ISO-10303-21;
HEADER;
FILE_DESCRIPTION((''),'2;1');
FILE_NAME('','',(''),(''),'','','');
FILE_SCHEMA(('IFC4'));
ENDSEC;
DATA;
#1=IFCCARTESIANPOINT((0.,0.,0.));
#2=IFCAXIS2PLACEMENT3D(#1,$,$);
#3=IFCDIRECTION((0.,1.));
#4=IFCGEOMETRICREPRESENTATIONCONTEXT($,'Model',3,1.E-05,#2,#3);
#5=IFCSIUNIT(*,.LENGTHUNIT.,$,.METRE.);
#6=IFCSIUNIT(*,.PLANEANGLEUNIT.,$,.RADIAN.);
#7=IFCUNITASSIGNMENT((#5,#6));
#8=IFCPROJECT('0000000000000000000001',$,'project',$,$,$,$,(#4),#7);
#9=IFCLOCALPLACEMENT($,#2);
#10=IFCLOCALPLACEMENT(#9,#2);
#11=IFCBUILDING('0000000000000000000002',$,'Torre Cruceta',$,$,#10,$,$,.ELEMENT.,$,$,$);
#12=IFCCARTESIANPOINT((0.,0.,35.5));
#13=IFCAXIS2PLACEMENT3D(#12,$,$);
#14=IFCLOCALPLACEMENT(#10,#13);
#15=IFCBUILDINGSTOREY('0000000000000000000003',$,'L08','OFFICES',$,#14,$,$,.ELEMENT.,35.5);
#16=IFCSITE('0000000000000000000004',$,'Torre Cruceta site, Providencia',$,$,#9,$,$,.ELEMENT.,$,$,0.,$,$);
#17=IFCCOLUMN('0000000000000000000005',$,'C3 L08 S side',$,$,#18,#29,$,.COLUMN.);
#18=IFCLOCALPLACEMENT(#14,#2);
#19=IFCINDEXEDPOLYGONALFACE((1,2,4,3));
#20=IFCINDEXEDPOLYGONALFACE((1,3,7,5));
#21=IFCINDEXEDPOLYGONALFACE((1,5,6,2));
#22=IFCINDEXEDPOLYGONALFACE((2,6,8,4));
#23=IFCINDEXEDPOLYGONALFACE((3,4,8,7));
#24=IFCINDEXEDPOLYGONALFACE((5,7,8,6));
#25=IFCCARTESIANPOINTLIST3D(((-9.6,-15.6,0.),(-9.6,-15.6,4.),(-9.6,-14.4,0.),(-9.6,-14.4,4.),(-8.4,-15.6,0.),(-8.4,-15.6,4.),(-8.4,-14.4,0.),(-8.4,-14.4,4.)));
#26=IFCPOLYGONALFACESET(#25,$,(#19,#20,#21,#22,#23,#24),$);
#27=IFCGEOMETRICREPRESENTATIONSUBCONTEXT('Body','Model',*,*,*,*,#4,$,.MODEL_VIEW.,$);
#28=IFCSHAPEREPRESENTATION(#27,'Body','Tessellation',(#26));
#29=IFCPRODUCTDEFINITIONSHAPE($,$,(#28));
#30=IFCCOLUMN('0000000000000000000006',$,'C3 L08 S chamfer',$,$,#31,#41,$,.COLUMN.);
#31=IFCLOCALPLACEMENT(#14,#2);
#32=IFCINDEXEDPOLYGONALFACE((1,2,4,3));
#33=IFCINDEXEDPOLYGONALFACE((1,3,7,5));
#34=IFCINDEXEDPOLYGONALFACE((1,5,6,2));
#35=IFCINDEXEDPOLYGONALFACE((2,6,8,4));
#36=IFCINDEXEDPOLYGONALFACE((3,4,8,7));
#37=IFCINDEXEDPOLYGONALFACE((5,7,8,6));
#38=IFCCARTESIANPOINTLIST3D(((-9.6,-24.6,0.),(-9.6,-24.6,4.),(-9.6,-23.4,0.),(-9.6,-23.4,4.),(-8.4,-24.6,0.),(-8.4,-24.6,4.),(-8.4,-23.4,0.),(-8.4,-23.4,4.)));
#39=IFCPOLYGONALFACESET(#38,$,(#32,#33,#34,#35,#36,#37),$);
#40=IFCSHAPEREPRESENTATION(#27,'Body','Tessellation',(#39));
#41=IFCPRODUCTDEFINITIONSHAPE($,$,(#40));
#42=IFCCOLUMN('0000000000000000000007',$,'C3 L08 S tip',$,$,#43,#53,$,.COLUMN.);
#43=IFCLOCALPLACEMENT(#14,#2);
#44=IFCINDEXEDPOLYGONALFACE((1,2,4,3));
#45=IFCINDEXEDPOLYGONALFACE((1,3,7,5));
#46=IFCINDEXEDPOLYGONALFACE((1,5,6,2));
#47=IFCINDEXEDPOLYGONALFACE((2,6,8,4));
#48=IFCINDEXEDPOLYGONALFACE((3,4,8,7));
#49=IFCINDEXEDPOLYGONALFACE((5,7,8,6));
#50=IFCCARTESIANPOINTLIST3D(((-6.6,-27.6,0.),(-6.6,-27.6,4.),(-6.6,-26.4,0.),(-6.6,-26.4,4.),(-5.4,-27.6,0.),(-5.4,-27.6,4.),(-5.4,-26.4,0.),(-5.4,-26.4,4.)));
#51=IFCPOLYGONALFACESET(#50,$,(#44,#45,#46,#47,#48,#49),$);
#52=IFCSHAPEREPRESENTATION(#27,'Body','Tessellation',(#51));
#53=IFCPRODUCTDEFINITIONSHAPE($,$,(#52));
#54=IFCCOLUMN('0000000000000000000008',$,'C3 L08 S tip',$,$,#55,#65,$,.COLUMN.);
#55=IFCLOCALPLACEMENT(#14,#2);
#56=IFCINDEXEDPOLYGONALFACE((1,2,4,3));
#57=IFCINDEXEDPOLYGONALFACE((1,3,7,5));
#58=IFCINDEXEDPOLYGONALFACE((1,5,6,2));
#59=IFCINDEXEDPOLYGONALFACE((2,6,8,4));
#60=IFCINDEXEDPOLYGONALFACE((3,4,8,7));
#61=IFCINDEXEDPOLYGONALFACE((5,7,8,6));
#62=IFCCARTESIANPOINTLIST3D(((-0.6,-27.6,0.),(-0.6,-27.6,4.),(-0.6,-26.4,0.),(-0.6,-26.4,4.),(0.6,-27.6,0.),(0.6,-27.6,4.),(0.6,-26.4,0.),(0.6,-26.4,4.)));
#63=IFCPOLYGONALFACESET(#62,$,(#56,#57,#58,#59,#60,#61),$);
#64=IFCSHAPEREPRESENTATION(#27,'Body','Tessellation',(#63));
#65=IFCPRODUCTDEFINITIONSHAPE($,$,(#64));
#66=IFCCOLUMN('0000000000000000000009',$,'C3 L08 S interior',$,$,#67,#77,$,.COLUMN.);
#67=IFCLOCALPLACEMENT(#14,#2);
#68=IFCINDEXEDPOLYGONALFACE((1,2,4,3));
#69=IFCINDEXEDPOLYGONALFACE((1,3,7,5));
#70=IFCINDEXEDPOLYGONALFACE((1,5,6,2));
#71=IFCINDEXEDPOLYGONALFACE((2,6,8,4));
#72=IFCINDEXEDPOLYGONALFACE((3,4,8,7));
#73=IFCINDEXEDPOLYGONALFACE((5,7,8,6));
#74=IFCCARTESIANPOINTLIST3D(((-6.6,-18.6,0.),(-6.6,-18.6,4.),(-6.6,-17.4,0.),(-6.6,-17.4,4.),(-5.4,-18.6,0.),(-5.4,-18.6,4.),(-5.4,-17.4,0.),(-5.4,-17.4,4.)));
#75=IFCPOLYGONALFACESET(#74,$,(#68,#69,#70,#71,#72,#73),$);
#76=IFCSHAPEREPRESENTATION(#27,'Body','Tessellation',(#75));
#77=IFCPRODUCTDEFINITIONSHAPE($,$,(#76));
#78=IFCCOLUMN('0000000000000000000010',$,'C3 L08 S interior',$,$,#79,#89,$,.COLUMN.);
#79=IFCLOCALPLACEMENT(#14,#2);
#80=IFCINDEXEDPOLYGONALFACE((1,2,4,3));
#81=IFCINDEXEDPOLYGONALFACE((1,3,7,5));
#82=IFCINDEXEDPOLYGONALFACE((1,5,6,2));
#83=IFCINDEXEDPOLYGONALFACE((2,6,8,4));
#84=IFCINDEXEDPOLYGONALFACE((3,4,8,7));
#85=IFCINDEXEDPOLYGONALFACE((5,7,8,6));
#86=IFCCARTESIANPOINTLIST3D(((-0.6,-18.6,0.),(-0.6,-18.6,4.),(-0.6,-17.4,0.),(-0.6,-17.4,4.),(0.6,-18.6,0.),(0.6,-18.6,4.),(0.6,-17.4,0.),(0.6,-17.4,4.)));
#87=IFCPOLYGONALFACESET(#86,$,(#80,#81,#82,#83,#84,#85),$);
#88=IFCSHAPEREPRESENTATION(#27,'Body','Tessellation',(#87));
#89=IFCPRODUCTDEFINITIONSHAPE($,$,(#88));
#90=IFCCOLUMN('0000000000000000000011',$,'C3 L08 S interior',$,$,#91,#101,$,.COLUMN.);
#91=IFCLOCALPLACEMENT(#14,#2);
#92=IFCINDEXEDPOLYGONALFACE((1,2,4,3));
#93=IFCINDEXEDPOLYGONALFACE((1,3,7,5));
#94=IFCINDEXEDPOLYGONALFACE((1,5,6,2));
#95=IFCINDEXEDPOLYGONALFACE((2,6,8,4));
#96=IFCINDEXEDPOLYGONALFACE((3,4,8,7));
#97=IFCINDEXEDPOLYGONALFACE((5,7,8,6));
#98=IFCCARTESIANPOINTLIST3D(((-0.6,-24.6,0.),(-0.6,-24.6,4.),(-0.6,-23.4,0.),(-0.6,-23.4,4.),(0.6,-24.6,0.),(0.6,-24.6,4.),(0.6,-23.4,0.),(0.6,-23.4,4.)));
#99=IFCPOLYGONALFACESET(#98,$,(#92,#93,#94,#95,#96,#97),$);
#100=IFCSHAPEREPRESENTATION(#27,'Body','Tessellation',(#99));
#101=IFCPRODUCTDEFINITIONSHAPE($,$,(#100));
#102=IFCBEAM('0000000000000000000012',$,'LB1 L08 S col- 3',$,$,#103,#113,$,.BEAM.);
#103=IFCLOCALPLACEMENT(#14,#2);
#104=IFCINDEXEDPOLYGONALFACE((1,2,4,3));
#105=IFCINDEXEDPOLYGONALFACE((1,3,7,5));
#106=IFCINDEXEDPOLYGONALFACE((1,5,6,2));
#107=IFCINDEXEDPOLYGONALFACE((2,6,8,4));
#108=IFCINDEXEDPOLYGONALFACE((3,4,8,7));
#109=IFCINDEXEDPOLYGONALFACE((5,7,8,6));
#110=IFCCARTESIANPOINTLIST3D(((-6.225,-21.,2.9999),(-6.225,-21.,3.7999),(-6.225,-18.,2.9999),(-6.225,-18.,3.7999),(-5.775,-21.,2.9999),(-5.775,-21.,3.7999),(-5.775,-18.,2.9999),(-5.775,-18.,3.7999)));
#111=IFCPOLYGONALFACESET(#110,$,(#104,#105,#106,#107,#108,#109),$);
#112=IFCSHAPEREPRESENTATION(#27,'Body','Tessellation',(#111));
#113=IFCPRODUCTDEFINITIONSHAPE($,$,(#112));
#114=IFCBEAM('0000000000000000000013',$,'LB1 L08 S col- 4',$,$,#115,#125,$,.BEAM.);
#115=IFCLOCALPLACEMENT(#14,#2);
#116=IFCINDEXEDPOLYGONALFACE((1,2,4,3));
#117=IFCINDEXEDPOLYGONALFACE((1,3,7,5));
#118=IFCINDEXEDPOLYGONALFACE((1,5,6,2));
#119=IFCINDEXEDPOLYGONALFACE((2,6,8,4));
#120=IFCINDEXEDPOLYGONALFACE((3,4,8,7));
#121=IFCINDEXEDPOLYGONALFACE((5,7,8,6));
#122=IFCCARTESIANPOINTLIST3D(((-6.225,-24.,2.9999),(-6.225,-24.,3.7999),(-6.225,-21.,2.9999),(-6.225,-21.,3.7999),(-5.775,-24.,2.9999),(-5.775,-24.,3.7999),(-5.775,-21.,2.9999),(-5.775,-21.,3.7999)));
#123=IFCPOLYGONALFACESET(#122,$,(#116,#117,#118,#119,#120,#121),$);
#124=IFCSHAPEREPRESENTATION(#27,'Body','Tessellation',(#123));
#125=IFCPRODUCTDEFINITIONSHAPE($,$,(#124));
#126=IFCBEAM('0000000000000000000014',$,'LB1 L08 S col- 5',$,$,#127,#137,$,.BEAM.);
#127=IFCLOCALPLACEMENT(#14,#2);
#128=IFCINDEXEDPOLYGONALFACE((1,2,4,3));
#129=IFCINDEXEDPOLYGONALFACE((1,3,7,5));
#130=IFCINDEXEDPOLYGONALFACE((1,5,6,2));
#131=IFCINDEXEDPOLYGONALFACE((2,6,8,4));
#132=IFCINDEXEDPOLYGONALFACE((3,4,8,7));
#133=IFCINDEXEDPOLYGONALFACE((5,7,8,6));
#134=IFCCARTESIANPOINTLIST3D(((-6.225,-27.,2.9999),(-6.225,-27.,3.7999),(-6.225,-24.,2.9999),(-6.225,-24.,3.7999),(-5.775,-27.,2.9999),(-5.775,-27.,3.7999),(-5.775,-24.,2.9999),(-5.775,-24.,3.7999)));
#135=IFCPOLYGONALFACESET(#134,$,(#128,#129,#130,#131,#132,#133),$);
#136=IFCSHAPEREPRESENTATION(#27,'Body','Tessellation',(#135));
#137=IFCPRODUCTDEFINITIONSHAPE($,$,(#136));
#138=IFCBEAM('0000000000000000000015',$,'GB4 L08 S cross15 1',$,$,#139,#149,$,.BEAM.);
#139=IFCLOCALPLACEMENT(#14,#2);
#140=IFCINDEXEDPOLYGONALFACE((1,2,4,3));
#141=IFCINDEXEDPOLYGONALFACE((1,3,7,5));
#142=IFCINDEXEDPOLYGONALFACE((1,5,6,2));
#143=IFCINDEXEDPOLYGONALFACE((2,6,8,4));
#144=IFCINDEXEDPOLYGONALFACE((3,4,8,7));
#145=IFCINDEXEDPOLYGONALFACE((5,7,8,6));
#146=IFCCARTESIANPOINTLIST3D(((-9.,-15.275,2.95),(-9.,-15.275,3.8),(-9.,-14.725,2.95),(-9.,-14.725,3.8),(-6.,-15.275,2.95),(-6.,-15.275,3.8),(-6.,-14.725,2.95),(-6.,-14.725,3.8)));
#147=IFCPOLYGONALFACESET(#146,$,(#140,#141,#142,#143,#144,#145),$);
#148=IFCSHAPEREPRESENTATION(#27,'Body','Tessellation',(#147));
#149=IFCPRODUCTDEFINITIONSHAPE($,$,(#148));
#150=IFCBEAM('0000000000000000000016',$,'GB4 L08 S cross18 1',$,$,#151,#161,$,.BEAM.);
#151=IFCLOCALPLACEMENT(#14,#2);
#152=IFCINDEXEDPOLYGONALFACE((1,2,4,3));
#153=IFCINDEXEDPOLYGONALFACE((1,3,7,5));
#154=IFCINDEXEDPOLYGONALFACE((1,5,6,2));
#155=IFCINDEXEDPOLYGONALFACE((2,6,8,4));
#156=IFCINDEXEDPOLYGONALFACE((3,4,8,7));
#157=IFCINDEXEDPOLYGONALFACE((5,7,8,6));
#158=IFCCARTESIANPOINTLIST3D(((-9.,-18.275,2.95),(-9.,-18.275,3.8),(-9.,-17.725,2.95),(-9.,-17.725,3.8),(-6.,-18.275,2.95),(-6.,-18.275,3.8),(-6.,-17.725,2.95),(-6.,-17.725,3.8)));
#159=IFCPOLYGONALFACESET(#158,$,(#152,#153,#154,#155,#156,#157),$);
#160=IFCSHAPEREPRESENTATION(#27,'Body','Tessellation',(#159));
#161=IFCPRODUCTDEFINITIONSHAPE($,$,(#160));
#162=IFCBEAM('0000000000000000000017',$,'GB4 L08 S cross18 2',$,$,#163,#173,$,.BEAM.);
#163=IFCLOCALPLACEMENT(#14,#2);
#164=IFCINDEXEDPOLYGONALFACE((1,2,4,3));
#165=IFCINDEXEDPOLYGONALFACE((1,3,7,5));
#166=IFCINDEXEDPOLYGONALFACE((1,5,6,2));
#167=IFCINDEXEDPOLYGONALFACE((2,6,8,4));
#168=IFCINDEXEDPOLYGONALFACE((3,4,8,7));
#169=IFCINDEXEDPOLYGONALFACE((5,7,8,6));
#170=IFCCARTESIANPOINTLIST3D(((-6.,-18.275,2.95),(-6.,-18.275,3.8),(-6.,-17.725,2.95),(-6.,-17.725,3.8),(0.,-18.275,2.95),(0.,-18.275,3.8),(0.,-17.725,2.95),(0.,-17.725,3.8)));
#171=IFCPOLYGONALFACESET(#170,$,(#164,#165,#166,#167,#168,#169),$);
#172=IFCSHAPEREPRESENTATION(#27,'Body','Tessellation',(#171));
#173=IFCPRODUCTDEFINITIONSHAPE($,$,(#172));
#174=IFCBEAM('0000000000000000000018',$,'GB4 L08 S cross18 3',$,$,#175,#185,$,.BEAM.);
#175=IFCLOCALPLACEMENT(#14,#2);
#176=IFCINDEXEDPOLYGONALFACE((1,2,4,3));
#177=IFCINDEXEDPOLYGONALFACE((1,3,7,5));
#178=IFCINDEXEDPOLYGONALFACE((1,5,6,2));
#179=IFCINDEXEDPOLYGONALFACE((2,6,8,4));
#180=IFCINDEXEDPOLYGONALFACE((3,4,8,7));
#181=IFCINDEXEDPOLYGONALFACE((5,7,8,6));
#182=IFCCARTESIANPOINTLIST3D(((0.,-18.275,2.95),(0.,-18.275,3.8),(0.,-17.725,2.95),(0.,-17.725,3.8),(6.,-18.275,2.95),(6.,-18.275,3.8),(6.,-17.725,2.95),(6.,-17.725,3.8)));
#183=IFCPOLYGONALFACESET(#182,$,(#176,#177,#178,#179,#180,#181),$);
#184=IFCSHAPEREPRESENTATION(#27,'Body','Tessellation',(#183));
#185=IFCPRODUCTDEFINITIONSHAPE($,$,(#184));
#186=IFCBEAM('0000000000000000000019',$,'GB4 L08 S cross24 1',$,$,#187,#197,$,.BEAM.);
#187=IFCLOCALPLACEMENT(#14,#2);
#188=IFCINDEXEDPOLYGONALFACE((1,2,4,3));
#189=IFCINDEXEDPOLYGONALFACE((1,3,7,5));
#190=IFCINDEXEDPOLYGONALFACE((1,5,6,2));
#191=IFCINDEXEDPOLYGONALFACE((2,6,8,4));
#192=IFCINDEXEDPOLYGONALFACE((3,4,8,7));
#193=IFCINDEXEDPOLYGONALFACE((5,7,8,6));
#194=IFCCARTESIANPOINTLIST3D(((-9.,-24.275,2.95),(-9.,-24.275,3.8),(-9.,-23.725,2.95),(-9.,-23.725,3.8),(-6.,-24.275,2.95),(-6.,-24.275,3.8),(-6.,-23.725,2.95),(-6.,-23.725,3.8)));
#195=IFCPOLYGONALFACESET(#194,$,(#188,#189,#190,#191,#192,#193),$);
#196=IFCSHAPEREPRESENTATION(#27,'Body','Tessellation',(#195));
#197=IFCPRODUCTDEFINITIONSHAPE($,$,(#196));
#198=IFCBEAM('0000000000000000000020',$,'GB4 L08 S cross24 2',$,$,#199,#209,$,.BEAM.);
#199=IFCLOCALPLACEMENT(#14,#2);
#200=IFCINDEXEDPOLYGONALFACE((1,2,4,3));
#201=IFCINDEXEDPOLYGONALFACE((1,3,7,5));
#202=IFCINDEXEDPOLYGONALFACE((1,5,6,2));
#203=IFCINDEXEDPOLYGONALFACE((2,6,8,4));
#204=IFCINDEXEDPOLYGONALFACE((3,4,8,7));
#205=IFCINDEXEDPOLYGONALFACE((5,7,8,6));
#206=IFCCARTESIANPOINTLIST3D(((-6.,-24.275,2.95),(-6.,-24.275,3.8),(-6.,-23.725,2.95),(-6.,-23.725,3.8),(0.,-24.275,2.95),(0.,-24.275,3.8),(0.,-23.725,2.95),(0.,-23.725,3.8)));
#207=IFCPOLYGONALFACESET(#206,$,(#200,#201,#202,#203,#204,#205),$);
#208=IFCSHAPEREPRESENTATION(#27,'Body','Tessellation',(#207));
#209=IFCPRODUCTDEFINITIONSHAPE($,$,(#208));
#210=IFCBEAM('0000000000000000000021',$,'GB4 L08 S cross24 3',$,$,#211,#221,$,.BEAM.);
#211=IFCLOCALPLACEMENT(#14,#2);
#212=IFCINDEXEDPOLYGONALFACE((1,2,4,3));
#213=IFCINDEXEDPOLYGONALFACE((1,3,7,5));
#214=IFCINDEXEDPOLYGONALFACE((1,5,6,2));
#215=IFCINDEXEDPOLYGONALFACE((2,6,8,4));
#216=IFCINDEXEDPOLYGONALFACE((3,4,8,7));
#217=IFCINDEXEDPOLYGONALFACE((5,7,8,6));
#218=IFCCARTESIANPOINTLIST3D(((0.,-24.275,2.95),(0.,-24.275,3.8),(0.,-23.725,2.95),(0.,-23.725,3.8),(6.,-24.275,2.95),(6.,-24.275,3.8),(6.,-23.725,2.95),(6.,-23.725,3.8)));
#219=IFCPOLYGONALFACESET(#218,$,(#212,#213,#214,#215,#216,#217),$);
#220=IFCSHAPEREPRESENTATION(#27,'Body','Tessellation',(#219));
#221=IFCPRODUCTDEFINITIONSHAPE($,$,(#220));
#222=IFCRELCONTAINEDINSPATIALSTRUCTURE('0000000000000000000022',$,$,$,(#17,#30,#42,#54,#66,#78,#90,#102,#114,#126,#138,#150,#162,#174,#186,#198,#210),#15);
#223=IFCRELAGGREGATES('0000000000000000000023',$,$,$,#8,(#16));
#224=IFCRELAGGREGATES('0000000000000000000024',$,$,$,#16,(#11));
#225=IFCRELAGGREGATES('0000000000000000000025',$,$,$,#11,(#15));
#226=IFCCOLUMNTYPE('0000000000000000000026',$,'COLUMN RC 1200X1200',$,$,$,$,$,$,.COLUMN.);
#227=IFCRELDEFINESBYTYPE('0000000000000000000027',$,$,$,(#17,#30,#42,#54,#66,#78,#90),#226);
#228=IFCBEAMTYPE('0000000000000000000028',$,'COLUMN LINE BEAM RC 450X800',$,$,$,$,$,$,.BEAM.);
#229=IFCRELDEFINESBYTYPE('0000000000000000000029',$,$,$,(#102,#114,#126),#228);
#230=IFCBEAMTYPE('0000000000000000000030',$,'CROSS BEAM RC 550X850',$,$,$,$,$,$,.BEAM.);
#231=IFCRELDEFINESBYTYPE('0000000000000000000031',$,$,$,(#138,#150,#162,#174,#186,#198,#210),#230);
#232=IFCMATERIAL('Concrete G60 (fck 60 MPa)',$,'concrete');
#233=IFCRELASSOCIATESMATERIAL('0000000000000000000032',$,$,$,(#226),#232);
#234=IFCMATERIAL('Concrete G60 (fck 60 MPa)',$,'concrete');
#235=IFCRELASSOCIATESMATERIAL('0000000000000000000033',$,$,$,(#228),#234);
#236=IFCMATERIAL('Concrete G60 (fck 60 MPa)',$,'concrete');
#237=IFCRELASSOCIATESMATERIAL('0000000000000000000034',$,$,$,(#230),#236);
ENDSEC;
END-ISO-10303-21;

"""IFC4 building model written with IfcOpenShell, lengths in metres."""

from ifc_helpers import new_model, si_unit, direction, frame, origin, origin_2d, place, context, subcontext, project, spatial, rectangle, extrude, material, material_profile, profile_set, type_object, element, save


model = new_model("IFC4")

# Units and contexts
model_context = context("Model", 3, precision=1e-05, world=origin(), true_north=direction((0.0, 1.0)))
body_context = subcontext(model_context, "Body", "Model", "MODEL_VIEW")
ifc_project = project(units=[si_unit("LENGTHUNIT", "METRE"), si_unit("PLANEANGLEUNIT", "RADIAN")], contexts=[model_context])

# Site, building, storey
site_placement = place(None, origin())
site = spatial("IfcSite", under=ifc_project, at=site_placement, Name="Torre Cruceta site, Providencia", CompositionType="ELEMENT", RefElevation=0.0)
building_placement = place(site_placement, origin())
building = spatial("IfcBuilding", under=site, at=building_placement, Name="Torre Cruceta", CompositionType="ELEMENT")
storey_placement = place(building_placement, frame((0.0, 0.0, 35.5)))
storey = spatial("IfcBuildingStorey", under=building, at=storey_placement, Name="L08", Description="OFFICES", CompositionType="ELEMENT", Elevation=35.5)

# Columns
ifc_material_1 = material(Name="Concrete G60 (fck 60 MPa)", Category="concrete")
ifc_material_profile_1 = material_profile(ifc_material_1, rectangle(XDim=1.2, YDim=1.2, at=origin_2d()), Name="RC 1200X1200")
ifc_profile_set_1 = profile_set([ifc_material_profile_1], Name="Concrete G60 (fck 60 MPa)")
column_type = type_object("IfcColumnType", Name="COLUMN RC 1200X1200", PredefinedType="COLUMN", material=ifc_profile_set_1)
for number, where, z_axis, x_axis, name in (
    (1, (-9.0, -15.0, 0.0), (0.0, 0.0, 1.0), (1.0, 0.0, 0.0), "C3 L08 S side"),
    (2, (-9.0, -24.0, 0.0), (0.0, 0.0, 1.0), (1.0, 0.0, 0.0), "C3 L08 S chamfer"),
    (3, (-6.0, -27.0, 0.0), (0.0, 0.0, 1.0), (1.0, 0.0, 0.0), "C3 L08 S tip"),
    (4, (0.0, -27.0, 0.0), (0.0, 0.0, 1.0), (1.0, 0.0, 0.0), "C3 L08 S tip"),
    (5, (-6.0, -18.0, 0.0), (0.0, 0.0, 1.0), (1.0, 0.0, 0.0), "C3 L08 S interior"),
    (6, (0.0, -18.0, 0.0), (0.0, 0.0, 1.0), (1.0, 0.0, 0.0), "C3 L08 S interior"),
    (7, (0.0, -24.0, 0.0), (0.0, 0.0, 1.0), (1.0, 0.0, 0.0), "C3 L08 S interior"),
):
    element("IfcColumn", number, at=place(storey_placement, frame(where, z_axis=z_axis, x_axis=x_axis)), inside=storey, type_object=column_type, Name=name, PredefinedType="COLUMN", context=body_context, shape_type="SweptSolid", body=[
        extrude(rectangle(XDim=1.2, YDim=1.2, at=origin_2d()), origin(), (0.0, 0.0, 1.0), 4.0),
    ])

# Beams
ifc_material_2 = material(Name="Concrete G60 (fck 60 MPa)", Category="concrete")
ifc_material_profile_2 = material_profile(ifc_material_2, rectangle(XDim=0.45, YDim=0.8, at=origin_2d()), Name="RC 450X800")
ifc_profile_set_2 = profile_set([ifc_material_profile_2], Name="Concrete G60 (fck 60 MPa)")
beam_type_1 = type_object("IfcBeamType", Name="COLUMN LINE BEAM RC 450X800", PredefinedType="BEAM", material=ifc_profile_set_2)
for number, where, z_axis, x_axis, name in (
    (8, (-6.0, -18.0, 3.3999), (0.0, -1.0, 0.0), (1.0, 0.0, 0.0), "LB1 L08 S col- 3"),
    (9, (-6.0, -21.0, 3.3999), (0.0, -1.0, 0.0), (1.0, 0.0, 0.0), "LB1 L08 S col- 4"),
    (10, (-6.0, -24.0, 3.3999), (0.0, -1.0, 0.0), (1.0, 0.0, 0.0), "LB1 L08 S col- 5"),
):
    element("IfcBeam", number, at=place(storey_placement, frame(where, z_axis=z_axis, x_axis=x_axis)), inside=storey, type_object=beam_type_1, Name=name, PredefinedType="BEAM", context=body_context, shape_type="SweptSolid", body=[
        extrude(rectangle(XDim=0.45, YDim=0.8, at=origin_2d()), origin(), (0.0, 0.0, 1.0), 3.0),
    ])
ifc_material_3 = material(Name="Concrete G60 (fck 60 MPa)", Category="concrete")
ifc_material_profile_3 = material_profile(ifc_material_3, rectangle(XDim=0.55, YDim=0.8501, at=origin_2d()), Name="RC 550X850")
ifc_profile_set_3 = profile_set([ifc_material_profile_3], Name="Concrete G60 (fck 60 MPa)")
beam_type_2 = type_object("IfcBeamType", Name="CROSS BEAM RC 550X850", PredefinedType="BEAM", material=ifc_profile_set_3)
for number, where, z_axis, x_axis, name in (
    (11, (-9.0, -15.0, 3.375), (1.0, 0.0, 0.0), (0.0, 1.0, 0.0), "GB4 L08 S cross15 1"),
    (12, (-9.0, -18.0, 3.375), (1.0, 0.0, 0.0), (0.0, 1.0, 0.0), "GB4 L08 S cross18 1"),
):
    element("IfcBeam", number, at=place(storey_placement, frame(where, z_axis=z_axis, x_axis=x_axis)), inside=storey, type_object=beam_type_2, Name=name, PredefinedType="BEAM", context=body_context, shape_type="SweptSolid", body=[
        extrude(rectangle(XDim=0.55, YDim=0.8501, at=origin_2d()), origin(), (0.0, 0.0, 1.0), 3.0),
    ])
for number, where, z_axis, x_axis, name in (
    (13, (-6.0, -18.0, 3.375), (1.0, 0.0, 0.0), (0.0, 1.0, 0.0), "GB4 L08 S cross18 2"),
    (14, (0.0, -18.0, 3.375), (1.0, 0.0, 0.0), (0.0, 1.0, 0.0), "GB4 L08 S cross18 3"),
):
    element("IfcBeam", number, at=place(storey_placement, frame(where, z_axis=z_axis, x_axis=x_axis)), inside=storey, type_object=beam_type_2, Name=name, PredefinedType="BEAM", context=body_context, shape_type="SweptSolid", body=[
        extrude(rectangle(XDim=0.55, YDim=0.8501, at=origin_2d()), origin(), (0.0, 0.0, 1.0), 6.0),
    ])
beam_1_placement = place(storey_placement, frame((-9.0, -24.0, 3.375), z_axis=(1.0, 0.0, 0.0), x_axis=(0.0, 1.0, 0.0)))
element("IfcBeam", 15, at=beam_1_placement, inside=storey, type_object=beam_type_2, Name="GB4 L08 S cross24 1", PredefinedType="BEAM", context=body_context, shape_type="SweptSolid", body=[
    extrude(rectangle(XDim=0.55, YDim=0.8501, at=origin_2d()), origin(), (0.0, 0.0, 1.0), 3.0),
])
for number, where, z_axis, x_axis, name in (
    (16, (-6.0, -24.0, 3.375), (1.0, 0.0, 0.0), (0.0, 1.0, 0.0), "GB4 L08 S cross24 2"),
    (17, (0.0, -24.0, 3.375), (1.0, 0.0, 0.0), (0.0, 1.0, 0.0), "GB4 L08 S cross24 3"),
):
    element("IfcBeam", number, at=place(storey_placement, frame(where, z_axis=z_axis, x_axis=x_axis)), inside=storey, type_object=beam_type_2, Name=name, PredefinedType="BEAM", context=body_context, shape_type="SweptSolid", body=[
        extrude(rectangle(XDim=0.55, YDim=0.8501, at=origin_2d()), origin(), (0.0, 0.0, 1.0), 6.0),
    ])

save(model, "model.ifc")
